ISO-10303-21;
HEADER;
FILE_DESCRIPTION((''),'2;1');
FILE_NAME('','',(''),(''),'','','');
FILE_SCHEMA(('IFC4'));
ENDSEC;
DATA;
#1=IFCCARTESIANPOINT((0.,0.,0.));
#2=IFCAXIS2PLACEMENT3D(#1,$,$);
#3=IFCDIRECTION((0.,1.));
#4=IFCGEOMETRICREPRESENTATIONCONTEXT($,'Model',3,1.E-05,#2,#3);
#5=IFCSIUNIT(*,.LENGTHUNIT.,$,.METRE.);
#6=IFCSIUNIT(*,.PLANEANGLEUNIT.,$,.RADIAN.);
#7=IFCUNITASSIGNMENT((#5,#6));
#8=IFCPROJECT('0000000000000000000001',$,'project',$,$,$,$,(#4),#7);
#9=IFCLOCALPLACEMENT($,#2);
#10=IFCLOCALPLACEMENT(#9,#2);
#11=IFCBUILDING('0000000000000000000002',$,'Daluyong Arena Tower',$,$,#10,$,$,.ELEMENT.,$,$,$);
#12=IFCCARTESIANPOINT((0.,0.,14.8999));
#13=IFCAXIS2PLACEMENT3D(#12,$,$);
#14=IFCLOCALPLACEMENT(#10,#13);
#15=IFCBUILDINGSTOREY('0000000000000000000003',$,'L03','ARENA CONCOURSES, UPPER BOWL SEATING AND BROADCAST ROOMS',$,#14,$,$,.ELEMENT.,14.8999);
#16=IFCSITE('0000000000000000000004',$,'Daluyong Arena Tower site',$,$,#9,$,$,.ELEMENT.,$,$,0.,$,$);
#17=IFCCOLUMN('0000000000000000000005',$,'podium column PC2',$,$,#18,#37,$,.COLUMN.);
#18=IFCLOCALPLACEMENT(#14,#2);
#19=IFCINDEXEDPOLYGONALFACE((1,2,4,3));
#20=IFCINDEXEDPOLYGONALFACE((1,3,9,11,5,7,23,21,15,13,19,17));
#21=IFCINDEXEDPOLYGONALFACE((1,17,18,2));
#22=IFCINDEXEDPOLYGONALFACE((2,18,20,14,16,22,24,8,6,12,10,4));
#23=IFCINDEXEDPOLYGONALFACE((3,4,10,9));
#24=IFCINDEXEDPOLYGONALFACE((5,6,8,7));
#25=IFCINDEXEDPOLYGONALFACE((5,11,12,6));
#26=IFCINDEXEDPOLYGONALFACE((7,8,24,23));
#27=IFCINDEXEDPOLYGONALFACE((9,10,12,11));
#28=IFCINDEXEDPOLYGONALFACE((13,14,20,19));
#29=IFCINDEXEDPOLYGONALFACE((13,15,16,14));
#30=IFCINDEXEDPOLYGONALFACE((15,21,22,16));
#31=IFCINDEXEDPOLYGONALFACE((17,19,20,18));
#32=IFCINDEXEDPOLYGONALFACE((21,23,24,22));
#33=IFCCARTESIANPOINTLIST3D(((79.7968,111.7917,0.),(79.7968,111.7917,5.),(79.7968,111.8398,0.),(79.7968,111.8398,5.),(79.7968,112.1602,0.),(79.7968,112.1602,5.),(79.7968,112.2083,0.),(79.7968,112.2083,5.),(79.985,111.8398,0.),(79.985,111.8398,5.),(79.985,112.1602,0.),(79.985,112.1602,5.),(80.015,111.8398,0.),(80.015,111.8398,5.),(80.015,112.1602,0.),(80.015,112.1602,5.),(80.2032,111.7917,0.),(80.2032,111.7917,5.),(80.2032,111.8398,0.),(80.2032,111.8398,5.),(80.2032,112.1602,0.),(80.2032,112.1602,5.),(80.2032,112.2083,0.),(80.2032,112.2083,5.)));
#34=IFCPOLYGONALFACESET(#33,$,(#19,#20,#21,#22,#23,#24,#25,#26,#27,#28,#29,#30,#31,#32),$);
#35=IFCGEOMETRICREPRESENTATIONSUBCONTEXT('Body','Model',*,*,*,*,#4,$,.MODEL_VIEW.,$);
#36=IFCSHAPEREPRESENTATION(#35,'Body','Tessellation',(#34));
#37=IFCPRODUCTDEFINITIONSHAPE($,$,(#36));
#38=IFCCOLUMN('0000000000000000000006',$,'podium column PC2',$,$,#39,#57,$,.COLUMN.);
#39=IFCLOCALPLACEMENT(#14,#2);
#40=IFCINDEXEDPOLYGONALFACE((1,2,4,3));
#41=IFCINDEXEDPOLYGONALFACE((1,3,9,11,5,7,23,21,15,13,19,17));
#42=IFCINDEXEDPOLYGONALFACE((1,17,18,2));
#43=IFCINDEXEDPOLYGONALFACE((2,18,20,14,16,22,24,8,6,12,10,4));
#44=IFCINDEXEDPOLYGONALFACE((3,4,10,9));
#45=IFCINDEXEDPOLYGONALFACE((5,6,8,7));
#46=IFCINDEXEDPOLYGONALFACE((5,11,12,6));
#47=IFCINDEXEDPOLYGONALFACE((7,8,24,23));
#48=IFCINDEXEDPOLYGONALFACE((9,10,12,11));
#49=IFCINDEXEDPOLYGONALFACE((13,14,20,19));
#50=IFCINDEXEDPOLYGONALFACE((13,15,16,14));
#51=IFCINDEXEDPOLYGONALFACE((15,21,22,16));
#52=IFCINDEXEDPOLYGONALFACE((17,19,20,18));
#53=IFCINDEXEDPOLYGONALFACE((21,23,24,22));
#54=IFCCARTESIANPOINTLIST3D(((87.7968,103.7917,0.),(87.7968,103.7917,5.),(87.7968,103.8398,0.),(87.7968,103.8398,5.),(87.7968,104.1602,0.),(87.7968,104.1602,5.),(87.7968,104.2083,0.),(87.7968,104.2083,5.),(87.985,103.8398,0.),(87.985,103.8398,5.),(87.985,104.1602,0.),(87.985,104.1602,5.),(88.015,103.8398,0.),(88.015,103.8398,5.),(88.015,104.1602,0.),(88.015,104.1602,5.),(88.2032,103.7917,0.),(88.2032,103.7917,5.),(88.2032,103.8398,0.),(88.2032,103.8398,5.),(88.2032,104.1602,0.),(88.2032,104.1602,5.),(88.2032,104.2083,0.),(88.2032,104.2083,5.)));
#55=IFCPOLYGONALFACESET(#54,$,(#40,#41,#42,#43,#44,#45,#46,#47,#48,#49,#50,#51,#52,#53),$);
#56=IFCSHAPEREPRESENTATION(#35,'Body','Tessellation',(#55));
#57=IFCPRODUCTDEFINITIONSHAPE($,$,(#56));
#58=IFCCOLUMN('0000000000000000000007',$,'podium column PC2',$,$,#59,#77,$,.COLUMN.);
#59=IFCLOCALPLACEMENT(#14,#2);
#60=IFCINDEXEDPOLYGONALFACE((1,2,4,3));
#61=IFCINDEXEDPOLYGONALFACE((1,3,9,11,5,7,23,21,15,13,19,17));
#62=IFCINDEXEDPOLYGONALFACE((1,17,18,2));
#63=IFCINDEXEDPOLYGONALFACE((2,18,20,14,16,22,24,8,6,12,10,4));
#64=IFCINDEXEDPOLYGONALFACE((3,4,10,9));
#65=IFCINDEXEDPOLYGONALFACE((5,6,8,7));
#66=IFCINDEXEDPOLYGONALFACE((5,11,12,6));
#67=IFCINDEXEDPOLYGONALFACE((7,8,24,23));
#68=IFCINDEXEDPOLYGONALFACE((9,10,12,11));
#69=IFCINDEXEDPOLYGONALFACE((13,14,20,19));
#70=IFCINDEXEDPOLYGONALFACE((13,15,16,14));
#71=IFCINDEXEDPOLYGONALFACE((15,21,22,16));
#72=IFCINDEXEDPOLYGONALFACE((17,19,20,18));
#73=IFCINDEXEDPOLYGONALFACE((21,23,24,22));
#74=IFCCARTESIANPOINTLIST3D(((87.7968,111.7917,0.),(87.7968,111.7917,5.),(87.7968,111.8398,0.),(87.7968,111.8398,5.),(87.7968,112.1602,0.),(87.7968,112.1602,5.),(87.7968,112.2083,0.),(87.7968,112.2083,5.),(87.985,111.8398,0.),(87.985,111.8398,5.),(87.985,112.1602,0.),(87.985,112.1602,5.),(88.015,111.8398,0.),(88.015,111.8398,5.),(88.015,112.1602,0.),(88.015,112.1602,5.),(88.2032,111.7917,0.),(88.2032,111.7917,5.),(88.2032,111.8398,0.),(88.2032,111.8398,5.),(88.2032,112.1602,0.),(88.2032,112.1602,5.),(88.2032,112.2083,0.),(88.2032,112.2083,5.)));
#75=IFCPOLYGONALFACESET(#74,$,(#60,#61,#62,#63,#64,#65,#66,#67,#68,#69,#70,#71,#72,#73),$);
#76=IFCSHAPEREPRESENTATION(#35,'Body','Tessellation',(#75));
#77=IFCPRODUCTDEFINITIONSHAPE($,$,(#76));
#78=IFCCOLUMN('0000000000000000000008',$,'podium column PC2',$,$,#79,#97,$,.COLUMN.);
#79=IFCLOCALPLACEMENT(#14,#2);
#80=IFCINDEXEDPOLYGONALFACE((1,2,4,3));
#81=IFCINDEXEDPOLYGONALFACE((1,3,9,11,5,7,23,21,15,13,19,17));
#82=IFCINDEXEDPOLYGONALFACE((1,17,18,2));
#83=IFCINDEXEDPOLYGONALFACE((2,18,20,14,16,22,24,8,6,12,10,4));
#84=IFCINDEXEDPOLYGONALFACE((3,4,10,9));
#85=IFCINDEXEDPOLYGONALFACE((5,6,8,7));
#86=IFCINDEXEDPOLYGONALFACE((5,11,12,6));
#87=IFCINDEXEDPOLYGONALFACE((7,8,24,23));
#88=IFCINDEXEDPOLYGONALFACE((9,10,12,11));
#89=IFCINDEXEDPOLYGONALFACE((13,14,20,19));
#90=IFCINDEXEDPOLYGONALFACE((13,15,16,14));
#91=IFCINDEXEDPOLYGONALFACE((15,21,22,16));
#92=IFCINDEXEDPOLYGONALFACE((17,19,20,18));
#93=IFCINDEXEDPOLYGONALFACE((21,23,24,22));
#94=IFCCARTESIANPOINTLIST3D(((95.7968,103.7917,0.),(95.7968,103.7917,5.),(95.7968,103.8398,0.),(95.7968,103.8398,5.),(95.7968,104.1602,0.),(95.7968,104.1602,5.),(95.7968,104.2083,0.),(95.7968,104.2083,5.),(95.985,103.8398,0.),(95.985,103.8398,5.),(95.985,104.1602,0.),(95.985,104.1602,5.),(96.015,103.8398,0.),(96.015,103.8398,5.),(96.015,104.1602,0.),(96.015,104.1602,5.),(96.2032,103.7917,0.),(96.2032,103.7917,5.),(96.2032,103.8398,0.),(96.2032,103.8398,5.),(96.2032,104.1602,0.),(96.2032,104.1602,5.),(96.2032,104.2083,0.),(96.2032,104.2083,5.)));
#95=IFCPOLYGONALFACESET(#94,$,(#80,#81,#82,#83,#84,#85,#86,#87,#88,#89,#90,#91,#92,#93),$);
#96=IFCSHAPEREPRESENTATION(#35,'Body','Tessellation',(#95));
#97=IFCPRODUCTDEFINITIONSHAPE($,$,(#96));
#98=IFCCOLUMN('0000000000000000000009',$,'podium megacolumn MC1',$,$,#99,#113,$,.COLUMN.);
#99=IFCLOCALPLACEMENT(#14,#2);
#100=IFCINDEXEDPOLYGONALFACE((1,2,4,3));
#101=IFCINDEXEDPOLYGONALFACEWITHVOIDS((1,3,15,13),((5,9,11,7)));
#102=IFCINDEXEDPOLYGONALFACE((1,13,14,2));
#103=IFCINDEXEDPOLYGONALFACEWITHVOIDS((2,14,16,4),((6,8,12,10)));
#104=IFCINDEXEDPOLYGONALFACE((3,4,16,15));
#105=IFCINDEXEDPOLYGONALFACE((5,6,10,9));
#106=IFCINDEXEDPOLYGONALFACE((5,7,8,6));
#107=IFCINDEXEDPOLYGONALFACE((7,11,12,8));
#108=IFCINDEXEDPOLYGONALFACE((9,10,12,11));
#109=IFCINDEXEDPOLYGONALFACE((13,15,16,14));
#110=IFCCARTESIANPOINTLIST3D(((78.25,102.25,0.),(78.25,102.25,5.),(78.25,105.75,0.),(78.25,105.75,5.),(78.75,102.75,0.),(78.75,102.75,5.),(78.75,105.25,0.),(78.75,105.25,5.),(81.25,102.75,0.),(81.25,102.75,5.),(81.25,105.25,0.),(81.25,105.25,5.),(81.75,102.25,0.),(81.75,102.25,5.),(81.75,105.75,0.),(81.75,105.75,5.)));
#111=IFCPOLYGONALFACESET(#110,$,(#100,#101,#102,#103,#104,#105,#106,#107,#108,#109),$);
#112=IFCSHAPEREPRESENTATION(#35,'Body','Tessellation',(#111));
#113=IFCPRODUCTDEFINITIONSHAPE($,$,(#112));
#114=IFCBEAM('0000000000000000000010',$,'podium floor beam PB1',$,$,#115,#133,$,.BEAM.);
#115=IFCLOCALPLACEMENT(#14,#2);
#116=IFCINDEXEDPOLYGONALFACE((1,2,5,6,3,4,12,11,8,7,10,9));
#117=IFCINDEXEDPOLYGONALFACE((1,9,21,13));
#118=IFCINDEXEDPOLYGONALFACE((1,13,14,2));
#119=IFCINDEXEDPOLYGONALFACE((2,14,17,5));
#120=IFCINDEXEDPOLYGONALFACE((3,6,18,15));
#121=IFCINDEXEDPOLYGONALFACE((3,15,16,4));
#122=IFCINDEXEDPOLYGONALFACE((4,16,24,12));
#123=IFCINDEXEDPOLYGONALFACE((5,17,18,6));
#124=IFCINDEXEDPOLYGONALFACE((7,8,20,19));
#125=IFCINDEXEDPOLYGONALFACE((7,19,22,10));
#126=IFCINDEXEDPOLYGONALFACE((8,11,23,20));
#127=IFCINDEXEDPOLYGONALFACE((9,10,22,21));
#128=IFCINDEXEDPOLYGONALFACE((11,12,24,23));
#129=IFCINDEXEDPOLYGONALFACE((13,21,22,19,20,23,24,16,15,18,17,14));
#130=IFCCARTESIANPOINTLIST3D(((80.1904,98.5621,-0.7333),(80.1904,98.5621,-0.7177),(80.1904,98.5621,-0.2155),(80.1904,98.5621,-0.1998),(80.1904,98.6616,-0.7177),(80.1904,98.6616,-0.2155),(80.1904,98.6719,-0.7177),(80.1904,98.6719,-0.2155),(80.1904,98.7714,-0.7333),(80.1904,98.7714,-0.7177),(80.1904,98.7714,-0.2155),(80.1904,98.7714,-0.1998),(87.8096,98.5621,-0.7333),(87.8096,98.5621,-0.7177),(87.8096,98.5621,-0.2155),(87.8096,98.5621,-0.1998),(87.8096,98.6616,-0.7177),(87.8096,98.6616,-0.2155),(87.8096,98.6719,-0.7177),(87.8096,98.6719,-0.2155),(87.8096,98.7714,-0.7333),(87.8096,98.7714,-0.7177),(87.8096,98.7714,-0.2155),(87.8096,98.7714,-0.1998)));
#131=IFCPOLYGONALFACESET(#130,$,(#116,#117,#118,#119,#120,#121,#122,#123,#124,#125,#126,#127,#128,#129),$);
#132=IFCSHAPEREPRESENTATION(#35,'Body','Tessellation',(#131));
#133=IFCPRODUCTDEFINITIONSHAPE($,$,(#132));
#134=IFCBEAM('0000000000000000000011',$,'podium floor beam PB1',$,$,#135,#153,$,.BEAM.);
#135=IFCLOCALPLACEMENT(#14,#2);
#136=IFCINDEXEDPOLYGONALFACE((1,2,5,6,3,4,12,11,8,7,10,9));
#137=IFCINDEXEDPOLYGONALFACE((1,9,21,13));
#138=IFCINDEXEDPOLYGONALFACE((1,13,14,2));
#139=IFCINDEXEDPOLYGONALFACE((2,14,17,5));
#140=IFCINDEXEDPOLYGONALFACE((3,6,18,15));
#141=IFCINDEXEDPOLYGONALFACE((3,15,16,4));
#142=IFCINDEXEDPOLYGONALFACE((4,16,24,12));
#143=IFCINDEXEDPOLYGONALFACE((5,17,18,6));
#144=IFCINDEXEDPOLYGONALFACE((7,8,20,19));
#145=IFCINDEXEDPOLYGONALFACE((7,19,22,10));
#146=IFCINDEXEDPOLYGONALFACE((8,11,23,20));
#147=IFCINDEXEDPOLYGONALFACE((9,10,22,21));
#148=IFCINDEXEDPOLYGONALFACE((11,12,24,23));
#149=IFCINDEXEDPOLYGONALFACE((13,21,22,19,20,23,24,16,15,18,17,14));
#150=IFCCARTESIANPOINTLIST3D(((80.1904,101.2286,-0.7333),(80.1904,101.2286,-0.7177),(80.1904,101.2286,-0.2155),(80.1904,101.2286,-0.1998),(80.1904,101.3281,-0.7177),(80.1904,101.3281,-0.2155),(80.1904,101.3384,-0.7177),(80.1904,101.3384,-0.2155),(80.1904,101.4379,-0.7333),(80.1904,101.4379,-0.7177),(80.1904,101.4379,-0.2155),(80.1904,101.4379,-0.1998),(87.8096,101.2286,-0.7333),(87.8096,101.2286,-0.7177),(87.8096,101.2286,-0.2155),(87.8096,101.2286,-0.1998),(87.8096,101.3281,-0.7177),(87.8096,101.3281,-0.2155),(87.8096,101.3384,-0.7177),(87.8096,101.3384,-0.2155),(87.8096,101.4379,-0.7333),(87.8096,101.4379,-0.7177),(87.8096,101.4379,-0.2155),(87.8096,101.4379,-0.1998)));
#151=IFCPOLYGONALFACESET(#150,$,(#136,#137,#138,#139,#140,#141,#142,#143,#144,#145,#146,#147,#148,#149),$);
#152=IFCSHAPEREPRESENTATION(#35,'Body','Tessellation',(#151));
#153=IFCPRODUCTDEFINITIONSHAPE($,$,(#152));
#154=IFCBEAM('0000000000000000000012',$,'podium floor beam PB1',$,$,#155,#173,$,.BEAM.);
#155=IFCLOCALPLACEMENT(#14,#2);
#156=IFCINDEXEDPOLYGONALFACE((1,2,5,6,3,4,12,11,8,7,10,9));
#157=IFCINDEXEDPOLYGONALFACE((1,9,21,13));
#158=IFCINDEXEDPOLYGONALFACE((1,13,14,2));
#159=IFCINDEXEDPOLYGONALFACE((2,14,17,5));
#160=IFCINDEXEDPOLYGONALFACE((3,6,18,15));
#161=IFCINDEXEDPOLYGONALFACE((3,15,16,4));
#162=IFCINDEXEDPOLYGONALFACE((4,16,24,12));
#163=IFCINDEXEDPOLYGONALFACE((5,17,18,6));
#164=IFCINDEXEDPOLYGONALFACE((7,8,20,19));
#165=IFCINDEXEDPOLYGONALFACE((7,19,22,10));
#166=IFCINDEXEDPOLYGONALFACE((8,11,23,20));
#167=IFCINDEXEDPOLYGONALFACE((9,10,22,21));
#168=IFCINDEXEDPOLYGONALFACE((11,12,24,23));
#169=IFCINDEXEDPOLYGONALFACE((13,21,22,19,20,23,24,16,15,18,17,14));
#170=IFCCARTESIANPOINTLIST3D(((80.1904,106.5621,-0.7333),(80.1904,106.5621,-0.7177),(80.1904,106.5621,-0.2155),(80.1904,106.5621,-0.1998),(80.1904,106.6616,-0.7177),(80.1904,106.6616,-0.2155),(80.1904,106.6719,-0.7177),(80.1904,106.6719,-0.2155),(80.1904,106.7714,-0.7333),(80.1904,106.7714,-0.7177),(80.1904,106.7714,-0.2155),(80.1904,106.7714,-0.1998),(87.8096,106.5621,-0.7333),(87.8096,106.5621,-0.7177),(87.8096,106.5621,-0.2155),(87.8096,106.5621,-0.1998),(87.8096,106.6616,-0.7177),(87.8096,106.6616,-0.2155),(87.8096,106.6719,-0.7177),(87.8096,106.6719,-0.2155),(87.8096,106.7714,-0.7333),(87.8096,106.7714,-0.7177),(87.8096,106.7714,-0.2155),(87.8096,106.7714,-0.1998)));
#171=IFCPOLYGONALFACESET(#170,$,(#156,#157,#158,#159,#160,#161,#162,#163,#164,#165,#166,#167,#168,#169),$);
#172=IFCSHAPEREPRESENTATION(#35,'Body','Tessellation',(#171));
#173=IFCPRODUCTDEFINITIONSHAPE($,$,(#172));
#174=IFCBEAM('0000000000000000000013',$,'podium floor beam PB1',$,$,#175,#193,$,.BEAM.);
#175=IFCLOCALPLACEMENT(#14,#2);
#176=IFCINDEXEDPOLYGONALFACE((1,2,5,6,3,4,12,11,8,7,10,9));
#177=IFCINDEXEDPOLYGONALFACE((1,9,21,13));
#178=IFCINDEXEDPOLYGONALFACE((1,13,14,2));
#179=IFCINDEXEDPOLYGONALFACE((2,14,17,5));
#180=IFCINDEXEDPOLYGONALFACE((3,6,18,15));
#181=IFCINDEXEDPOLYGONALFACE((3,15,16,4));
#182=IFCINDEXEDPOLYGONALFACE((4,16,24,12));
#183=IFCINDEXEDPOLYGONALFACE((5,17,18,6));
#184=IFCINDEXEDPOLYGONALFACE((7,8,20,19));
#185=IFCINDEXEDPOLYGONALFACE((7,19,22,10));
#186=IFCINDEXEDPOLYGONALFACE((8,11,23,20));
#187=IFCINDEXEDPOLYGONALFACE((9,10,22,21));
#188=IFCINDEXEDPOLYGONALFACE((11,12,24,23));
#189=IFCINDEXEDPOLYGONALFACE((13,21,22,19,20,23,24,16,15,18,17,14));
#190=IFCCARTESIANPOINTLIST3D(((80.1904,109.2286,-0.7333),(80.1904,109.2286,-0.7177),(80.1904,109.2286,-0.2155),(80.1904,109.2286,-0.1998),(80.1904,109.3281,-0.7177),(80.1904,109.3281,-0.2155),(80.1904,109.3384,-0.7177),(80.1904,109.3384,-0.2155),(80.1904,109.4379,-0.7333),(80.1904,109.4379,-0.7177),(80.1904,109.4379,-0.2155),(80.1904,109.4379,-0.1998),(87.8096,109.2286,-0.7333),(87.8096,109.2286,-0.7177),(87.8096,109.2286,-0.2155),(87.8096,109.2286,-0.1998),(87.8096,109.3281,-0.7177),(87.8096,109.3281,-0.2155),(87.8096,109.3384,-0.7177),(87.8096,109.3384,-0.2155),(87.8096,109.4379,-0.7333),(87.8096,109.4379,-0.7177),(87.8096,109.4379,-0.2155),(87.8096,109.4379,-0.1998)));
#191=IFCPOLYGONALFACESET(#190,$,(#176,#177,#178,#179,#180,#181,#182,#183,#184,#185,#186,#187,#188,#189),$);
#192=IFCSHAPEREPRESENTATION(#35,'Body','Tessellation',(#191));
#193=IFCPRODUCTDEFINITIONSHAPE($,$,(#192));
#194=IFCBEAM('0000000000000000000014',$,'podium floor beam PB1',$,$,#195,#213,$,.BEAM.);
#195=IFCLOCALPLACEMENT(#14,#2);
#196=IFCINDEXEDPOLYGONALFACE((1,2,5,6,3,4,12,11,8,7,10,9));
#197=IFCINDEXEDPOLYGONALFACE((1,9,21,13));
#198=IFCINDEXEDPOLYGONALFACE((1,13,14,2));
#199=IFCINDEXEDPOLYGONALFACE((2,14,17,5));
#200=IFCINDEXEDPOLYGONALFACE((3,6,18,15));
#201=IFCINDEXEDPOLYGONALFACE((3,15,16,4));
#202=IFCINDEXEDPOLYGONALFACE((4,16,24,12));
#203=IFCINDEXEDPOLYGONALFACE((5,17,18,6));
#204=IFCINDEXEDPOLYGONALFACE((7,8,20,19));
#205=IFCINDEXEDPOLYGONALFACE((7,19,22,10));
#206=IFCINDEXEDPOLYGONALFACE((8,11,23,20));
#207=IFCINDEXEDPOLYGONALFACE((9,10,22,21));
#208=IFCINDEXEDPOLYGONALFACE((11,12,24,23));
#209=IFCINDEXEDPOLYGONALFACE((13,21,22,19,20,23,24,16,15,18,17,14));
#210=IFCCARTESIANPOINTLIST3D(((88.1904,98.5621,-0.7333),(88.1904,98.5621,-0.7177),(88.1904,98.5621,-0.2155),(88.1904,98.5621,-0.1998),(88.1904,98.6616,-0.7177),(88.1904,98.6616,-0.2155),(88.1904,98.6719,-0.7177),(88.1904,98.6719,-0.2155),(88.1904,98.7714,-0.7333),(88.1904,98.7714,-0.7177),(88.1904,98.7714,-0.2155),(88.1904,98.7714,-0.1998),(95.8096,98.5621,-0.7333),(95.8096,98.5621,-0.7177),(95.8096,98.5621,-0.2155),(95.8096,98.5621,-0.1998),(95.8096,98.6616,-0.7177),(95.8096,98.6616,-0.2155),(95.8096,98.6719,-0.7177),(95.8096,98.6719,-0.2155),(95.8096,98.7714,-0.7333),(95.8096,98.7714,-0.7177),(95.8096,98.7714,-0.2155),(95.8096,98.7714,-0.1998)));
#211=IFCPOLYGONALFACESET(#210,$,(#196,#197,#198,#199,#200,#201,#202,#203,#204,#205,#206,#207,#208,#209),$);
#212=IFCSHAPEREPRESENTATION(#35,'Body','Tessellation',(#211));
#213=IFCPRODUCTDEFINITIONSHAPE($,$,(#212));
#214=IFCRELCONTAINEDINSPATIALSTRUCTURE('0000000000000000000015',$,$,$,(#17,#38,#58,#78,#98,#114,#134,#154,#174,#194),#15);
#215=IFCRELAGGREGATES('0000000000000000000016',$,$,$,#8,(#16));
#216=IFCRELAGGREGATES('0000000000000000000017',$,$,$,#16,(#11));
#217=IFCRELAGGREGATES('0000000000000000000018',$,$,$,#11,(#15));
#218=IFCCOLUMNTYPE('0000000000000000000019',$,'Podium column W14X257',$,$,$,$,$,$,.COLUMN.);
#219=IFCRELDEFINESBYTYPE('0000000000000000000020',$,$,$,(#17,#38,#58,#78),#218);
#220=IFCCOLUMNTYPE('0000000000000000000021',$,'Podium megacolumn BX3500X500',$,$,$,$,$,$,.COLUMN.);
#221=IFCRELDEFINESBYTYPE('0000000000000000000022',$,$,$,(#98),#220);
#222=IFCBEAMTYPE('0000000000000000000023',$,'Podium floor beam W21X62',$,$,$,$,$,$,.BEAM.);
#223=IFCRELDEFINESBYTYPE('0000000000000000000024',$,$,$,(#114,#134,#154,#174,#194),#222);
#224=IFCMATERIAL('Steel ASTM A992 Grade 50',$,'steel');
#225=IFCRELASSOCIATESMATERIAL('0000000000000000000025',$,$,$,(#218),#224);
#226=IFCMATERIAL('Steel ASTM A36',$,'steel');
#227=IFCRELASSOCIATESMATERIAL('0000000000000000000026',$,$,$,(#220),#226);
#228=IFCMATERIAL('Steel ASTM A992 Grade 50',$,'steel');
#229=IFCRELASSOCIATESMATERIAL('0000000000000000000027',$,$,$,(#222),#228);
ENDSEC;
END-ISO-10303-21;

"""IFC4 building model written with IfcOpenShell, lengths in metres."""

from ifc_helpers import new_model, si_unit, direction, frame, origin, origin_2d, place, context, subcontext, project, spatial, hollow_rectangle, i_section, extrude, material, material_profile, profile_set, type_object, element, save


model = new_model("IFC4")

# Units and contexts
model_context = context("Model", 3, precision=1e-05, world=origin(), true_north=direction((0.0, 1.0)))
body_context = subcontext(model_context, "Body", "Model", "MODEL_VIEW")
ifc_project = project(units=[si_unit("LENGTHUNIT", "METRE"), si_unit("PLANEANGLEUNIT", "RADIAN")], contexts=[model_context])

# Site, building, storey
site_placement = place(None, origin())
site = spatial("IfcSite", under=ifc_project, at=site_placement, Name="Daluyong Arena Tower site", CompositionType="ELEMENT", RefElevation=0.0)
building_placement = place(site_placement, origin())
building = spatial("IfcBuilding", under=site, at=building_placement, Name="Daluyong Arena Tower", CompositionType="ELEMENT")
storey_placement = place(building_placement, frame((0.0, 0.0, 14.8999)))
storey = spatial("IfcBuildingStorey", under=building, at=storey_placement, Name="L03", Description="ARENA CONCOURSES, UPPER BOWL SEATING AND BROADCAST ROOMS", CompositionType="ELEMENT", Elevation=14.8999)

# Columns
ifc_material_1 = material(Name="Steel ASTM A992 Grade 50", Category="steel")
ifc_material_profile_1 = material_profile(ifc_material_1, i_section(OverallWidth=0.4065, OverallDepth=0.4165, WebThickness=0.03, FlangeThickness=0.0481, at=origin_2d()))
ifc_profile_set_1 = profile_set([ifc_material_profile_1], Name="Steel ASTM A992 Grade 50")
column_type_1 = type_object("IfcColumnType", Name="Podium column W14X257", PredefinedType="COLUMN", material=ifc_profile_set_1)
for number, where, z_axis, x_axis, name in (
    (1, (80.0, 112.0, 0.0), (0.0, 0.0, 1.0), (1.0, 0.0, 0.0), "podium column PC2"),
    (2, (88.0, 104.0, 0.0), (0.0, 0.0, 1.0), (1.0, 0.0, 0.0), "podium column PC2"),
    (3, (88.0, 112.0, 0.0), (0.0, 0.0, 1.0), (1.0, 0.0, 0.0), "podium column PC2"),
    (4, (96.0, 104.0, 0.0), (0.0, 0.0, 1.0), (1.0, 0.0, 0.0), "podium column PC2"),
):
    element("IfcColumn", number, at=place(storey_placement, frame(where, z_axis=z_axis, x_axis=x_axis)), inside=storey, type_object=column_type_1, Name=name, PredefinedType="COLUMN", context=body_context, shape_type="SweptSolid", body=[
        extrude(i_section(OverallWidth=0.4065, OverallDepth=0.4165, WebThickness=0.03, FlangeThickness=0.0481, at=origin_2d()), origin(), (0.0, 0.0, 1.0), 5.0),
    ])
ifc_material_2 = material(Name="Steel ASTM A36", Category="steel")
ifc_material_profile_2 = material_profile(ifc_material_2, hollow_rectangle(XDim=3.5, YDim=3.5, WallThickness=0.5, at=origin_2d()))
ifc_profile_set_2 = profile_set([ifc_material_profile_2], Name="Steel ASTM A36")
column_type_2 = type_object("IfcColumnType", Name="Podium megacolumn BX3500X500", PredefinedType="COLUMN", material=ifc_profile_set_2)
column_placement = place(storey_placement, frame((80.0, 104.0, 0.0), z_axis=(0.0, 0.0, 1.0), x_axis=(1.0, 0.0, 0.0)))
element("IfcColumn", 5, at=column_placement, inside=storey, type_object=column_type_2, Name="podium megacolumn MC1", PredefinedType="COLUMN", context=body_context, shape_type="SweptSolid", body=[
    extrude(hollow_rectangle(XDim=3.5, YDim=3.5, WallThickness=0.5, at=origin_2d()), origin(), (0.0, 0.0, 1.0), 5.0),
])

# Beams
ifc_material_3 = material(Name="Steel ASTM A992 Grade 50", Category="steel")
ifc_material_profile_3 = material_profile(ifc_material_3, i_section(OverallWidth=0.2092, OverallDepth=0.5334, WebThickness=0.0103, FlangeThickness=0.0156, at=origin_2d()))
ifc_profile_set_3 = profile_set([ifc_material_profile_3], Name="Steel ASTM A992 Grade 50")
beam_type_1 = type_object("IfcBeamType", Name="Podium floor beam W21X62", PredefinedType="BEAM", material=ifc_profile_set_3)
for number, where, z_axis, x_axis, name in (
    (6, (80.1904, 98.6667, -0.4666), (1.0, 0.0, 0.0), (0.0, 1.0, 0.0), "podium floor beam PB1"),
    (7, (80.1904, 101.3333, -0.4666), (1.0, 0.0, 0.0), (0.0, 1.0, 0.0), "podium floor beam PB1"),
    (8, (80.1904, 106.6667, -0.4666), (1.0, 0.0, 0.0), (0.0, 1.0, 0.0), "podium floor beam PB1"),
    (9, (80.1904, 109.3333, -0.4666), (1.0, 0.0, 0.0), (0.0, 1.0, 0.0), "podium floor beam PB1"),
    (10, (88.1904, 98.6667, -0.4666), (1.0, 0.0, 0.0), (0.0, 1.0, 0.0), "podium floor beam PB1"),
):
    element("IfcBeam", number, at=place(storey_placement, frame(where, z_axis=z_axis, x_axis=x_axis)), inside=storey, type_object=beam_type_1, Name=name, PredefinedType="BEAM", context=body_context, shape_type="SweptSolid", body=[
        extrude(i_section(OverallWidth=0.2092, OverallDepth=0.5334, WebThickness=0.0103, FlangeThickness=0.0156, at=origin_2d()), origin(), (0.0, 0.0, 1.0), 7.6191),
    ])

save(model, "model.ifc")
